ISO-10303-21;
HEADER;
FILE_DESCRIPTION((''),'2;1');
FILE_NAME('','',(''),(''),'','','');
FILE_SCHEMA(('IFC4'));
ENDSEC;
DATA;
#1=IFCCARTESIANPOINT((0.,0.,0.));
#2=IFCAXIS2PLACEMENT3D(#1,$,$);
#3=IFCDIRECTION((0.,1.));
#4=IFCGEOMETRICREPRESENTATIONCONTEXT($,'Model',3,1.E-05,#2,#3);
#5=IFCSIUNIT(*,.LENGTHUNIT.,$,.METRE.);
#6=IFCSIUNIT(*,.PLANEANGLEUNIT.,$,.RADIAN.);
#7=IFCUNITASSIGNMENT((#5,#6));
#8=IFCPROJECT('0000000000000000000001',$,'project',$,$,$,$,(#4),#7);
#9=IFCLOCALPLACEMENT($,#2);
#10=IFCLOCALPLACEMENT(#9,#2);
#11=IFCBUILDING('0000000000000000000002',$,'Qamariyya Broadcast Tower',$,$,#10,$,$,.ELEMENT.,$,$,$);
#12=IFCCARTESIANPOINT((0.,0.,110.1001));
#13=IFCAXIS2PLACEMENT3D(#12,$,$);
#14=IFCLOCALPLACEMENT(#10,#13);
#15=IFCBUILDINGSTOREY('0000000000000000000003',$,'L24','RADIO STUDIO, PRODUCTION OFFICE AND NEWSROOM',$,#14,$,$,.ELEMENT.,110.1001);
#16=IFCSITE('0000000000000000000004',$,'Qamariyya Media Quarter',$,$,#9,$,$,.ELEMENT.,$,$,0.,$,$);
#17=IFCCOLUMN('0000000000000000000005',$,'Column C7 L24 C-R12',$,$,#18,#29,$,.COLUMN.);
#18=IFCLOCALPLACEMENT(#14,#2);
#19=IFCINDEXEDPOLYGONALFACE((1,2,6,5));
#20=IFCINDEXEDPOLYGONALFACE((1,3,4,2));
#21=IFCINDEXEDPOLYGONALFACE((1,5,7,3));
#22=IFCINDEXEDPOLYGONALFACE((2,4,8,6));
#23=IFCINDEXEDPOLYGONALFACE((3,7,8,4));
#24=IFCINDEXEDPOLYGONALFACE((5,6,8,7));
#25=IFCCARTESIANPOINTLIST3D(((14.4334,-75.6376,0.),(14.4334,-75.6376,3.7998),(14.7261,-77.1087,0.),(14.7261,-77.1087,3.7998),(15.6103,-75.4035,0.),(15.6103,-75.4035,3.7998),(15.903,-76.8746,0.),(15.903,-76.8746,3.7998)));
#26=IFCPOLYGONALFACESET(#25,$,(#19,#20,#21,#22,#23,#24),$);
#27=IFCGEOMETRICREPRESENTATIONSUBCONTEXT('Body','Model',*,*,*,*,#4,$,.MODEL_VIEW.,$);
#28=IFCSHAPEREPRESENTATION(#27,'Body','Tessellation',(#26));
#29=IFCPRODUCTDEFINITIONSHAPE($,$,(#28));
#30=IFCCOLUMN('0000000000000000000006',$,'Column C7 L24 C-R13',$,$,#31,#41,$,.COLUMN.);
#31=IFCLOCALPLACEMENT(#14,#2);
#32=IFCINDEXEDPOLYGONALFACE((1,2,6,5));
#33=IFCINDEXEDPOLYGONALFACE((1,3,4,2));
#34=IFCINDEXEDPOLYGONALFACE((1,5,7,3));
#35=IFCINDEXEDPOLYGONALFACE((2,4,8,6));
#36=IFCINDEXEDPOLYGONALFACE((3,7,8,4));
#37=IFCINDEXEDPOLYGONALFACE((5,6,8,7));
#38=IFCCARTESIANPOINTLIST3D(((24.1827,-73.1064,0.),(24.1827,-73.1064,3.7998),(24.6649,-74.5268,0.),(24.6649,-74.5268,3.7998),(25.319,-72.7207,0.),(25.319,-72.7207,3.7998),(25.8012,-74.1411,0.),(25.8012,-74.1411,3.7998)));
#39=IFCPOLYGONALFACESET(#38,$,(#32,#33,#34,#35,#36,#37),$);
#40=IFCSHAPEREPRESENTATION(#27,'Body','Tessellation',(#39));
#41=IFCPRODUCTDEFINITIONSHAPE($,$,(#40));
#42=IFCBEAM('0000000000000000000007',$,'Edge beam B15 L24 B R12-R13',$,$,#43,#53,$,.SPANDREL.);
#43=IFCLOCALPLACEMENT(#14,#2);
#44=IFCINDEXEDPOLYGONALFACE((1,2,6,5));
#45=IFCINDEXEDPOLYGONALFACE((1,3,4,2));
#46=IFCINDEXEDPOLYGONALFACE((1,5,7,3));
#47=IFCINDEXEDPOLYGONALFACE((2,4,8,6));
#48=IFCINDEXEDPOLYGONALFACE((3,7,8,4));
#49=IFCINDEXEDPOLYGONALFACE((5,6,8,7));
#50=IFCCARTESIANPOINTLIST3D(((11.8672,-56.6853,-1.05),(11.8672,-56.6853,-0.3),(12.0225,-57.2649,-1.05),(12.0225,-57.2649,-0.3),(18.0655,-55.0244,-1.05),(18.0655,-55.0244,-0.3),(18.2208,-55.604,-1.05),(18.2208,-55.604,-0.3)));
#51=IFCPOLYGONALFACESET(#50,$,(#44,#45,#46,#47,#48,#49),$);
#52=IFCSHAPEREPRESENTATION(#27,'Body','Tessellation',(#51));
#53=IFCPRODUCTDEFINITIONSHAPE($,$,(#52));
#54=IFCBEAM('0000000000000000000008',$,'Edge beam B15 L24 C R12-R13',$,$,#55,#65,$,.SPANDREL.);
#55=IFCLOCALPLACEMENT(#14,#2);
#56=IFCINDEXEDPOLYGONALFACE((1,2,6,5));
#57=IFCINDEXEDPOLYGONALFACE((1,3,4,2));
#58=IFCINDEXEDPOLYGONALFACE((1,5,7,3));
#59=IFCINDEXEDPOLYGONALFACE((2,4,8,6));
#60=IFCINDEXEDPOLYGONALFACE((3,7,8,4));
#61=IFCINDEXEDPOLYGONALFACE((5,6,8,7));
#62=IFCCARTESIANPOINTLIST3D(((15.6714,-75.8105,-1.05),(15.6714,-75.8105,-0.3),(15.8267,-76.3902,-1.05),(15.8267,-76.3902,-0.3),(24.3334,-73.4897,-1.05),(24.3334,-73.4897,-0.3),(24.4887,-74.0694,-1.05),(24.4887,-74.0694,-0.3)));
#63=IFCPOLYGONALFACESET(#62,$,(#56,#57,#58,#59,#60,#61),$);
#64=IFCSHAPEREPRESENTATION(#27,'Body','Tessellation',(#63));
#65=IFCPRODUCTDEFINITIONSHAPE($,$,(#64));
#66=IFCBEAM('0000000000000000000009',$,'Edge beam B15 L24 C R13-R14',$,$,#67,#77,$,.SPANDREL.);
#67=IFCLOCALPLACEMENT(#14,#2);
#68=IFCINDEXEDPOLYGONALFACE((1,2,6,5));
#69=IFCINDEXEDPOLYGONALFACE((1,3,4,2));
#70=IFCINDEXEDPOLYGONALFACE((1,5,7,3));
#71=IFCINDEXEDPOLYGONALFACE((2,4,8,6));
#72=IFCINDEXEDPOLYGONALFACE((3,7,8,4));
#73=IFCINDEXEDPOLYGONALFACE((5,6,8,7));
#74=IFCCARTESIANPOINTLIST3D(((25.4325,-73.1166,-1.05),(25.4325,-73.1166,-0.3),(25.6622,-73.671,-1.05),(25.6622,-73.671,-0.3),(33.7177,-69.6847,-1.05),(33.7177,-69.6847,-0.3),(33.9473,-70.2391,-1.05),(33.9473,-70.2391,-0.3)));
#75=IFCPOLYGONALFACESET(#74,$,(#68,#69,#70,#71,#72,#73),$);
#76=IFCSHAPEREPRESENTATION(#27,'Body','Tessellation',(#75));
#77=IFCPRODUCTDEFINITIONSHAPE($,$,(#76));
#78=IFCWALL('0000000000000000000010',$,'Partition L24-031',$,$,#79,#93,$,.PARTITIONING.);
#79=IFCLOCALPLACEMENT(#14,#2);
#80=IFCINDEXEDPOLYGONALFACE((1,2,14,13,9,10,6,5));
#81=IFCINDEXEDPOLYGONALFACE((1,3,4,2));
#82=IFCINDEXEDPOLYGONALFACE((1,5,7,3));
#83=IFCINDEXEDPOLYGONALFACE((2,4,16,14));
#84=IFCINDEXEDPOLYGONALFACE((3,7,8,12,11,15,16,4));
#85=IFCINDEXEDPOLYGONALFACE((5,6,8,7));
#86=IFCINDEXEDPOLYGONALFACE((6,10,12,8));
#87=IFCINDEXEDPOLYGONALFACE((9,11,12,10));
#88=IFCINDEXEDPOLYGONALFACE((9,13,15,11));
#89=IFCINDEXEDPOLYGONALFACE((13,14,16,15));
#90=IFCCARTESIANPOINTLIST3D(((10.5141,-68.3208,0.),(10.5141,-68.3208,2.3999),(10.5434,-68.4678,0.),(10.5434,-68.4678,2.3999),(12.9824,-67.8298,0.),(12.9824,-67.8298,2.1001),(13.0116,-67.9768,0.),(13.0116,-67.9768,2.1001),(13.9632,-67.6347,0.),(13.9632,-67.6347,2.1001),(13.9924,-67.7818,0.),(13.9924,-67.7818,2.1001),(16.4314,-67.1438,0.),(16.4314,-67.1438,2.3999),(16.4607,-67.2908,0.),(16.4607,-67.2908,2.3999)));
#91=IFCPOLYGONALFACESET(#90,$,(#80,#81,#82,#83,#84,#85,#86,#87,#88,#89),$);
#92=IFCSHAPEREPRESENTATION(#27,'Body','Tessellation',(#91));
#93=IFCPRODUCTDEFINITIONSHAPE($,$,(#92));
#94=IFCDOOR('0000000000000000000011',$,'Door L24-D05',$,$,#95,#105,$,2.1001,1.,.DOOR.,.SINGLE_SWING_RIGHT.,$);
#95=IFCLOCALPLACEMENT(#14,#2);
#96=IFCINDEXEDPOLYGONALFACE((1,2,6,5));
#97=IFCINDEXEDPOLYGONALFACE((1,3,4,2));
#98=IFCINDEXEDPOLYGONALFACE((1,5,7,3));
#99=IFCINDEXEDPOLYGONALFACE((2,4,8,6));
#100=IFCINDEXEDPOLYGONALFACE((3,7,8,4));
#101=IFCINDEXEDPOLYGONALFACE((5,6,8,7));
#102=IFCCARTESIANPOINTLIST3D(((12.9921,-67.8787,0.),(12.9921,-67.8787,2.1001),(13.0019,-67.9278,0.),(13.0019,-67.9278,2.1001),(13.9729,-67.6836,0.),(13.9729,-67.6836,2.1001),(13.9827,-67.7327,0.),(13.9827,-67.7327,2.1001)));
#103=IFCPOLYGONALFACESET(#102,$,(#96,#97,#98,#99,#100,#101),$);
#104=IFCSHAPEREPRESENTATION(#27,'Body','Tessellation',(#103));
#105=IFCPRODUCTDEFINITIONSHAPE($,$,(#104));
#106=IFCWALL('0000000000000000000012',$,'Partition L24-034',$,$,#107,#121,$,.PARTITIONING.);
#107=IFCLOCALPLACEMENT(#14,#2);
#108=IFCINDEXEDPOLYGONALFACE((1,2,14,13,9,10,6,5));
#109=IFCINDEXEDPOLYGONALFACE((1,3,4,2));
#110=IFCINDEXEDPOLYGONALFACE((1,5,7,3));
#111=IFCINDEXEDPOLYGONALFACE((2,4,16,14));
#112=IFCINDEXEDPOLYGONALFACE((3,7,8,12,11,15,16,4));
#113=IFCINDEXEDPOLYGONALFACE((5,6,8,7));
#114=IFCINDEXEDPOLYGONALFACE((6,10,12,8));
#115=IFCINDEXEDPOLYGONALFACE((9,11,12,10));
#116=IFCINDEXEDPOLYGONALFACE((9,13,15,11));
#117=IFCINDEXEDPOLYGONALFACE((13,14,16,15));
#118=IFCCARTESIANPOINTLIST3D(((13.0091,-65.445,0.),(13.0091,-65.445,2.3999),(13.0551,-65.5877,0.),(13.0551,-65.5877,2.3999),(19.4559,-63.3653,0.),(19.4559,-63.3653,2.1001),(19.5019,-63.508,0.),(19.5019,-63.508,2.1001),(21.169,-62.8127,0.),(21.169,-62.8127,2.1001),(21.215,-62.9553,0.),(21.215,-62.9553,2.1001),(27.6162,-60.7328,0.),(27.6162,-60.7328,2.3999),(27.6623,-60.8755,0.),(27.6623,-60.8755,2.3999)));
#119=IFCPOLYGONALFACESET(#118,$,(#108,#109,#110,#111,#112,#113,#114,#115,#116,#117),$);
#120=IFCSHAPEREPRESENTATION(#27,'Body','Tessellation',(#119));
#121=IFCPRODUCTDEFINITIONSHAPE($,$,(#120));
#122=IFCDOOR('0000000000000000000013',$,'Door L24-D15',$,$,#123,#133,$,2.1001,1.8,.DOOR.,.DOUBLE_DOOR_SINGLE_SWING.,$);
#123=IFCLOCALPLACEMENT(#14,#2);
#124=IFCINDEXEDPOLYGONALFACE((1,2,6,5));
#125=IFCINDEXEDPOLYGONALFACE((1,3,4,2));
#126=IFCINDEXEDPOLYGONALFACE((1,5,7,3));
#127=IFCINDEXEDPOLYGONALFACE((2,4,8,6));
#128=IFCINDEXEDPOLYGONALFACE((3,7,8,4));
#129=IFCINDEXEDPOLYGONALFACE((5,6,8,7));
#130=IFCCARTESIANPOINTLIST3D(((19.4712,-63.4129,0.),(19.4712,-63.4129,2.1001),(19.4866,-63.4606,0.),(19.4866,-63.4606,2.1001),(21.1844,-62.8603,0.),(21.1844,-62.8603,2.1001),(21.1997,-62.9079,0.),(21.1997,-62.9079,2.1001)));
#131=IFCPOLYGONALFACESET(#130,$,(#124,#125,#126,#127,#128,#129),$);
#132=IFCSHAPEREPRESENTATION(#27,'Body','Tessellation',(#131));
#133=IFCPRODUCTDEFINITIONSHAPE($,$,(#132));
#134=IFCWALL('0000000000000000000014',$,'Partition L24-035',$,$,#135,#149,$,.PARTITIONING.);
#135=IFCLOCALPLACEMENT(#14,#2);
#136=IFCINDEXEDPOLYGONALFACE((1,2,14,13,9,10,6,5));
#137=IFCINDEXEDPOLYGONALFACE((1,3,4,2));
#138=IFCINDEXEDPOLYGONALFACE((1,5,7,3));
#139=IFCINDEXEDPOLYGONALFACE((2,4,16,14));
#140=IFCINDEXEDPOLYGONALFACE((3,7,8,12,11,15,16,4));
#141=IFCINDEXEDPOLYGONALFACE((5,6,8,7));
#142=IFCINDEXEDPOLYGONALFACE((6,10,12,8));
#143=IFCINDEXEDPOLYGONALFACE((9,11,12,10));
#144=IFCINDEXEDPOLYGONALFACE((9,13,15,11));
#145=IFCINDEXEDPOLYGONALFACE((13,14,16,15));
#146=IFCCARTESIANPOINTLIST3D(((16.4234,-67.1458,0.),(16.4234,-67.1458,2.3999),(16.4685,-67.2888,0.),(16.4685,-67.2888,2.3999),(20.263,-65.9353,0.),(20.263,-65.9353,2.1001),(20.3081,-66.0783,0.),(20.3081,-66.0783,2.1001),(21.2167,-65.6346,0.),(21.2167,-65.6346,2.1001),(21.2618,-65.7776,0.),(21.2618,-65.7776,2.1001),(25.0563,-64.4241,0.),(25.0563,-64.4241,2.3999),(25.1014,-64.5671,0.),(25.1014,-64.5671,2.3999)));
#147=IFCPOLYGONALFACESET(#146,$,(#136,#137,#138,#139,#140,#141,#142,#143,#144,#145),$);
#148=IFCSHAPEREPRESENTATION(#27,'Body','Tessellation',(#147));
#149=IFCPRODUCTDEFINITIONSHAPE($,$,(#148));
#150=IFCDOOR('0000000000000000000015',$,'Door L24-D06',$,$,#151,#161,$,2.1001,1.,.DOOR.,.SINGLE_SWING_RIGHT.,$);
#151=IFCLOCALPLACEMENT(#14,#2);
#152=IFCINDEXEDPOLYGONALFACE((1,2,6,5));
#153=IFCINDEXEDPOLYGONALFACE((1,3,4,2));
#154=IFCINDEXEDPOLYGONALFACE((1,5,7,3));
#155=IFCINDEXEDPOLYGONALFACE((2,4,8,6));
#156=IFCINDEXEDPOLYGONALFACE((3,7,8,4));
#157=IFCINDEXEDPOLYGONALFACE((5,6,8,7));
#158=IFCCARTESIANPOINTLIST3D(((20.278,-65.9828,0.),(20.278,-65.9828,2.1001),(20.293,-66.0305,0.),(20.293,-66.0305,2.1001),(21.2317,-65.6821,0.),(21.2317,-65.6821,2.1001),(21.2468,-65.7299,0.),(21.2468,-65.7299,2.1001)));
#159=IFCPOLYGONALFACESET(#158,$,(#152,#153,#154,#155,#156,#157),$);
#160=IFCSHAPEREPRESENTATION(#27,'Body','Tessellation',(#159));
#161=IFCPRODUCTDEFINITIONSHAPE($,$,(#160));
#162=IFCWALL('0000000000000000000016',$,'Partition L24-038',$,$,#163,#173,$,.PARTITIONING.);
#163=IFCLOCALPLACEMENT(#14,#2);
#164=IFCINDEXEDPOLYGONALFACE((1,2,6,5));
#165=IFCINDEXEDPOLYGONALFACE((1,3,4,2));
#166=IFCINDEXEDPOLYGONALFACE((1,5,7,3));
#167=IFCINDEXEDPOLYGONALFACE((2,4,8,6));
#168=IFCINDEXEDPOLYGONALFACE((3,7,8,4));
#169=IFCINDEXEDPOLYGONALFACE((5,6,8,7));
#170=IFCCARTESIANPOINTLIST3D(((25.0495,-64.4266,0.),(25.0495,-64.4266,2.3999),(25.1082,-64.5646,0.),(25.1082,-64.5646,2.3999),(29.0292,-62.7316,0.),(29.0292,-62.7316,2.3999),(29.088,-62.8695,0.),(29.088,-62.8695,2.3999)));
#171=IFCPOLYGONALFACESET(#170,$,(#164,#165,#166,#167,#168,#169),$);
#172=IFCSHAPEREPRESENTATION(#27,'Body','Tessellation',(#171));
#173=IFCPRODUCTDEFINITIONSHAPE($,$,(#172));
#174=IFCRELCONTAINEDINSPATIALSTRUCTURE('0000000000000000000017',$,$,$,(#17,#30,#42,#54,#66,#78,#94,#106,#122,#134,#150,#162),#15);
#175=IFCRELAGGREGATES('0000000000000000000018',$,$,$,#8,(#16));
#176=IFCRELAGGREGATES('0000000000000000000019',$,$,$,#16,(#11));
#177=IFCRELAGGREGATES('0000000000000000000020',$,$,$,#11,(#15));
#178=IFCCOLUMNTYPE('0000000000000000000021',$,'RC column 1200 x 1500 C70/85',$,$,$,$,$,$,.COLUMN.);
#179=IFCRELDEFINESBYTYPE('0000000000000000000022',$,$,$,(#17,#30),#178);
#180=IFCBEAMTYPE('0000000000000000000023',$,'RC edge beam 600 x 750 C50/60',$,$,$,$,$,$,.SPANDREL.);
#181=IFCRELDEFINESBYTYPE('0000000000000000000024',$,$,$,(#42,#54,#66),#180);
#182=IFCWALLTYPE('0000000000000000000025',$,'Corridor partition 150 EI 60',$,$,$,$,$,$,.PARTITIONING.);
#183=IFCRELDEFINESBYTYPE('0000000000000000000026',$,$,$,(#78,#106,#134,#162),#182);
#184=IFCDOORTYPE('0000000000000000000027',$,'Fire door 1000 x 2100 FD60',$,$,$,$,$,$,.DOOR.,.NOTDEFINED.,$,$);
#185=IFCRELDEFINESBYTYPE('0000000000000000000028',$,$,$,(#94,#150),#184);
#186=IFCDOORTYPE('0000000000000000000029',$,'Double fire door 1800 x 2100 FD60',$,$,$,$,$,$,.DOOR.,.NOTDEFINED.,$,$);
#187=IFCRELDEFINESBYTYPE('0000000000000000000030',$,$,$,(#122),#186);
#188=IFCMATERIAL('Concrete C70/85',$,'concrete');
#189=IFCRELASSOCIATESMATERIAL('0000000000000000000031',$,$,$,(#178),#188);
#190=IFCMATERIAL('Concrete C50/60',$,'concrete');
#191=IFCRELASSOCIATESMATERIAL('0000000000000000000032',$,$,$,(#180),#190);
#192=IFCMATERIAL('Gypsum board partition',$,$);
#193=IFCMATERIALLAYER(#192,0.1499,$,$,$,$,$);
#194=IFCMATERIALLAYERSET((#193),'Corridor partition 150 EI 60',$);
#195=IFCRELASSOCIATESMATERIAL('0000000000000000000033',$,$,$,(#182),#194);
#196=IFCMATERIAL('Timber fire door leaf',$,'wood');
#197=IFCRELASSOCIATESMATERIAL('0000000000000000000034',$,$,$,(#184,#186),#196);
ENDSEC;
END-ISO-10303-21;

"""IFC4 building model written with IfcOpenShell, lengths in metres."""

from ifc_helpers import new_model, si_unit, direction, frame, frame_2d, origin, origin_2d, place, context, subcontext, project, spatial, rectangle, extrude, material, layer, layer_set, material_profile, profile_set, type_object, element, fill, save


model = new_model("IFC4")

# Units and contexts
model_context = context("Model", 3, precision=1e-05, world=origin(), true_north=direction((0.0, 1.0)))
body_context = subcontext(model_context, "Body", "Model", "MODEL_VIEW")
ifc_project = project(units=[si_unit("LENGTHUNIT", "METRE"), si_unit("PLANEANGLEUNIT", "RADIAN")], contexts=[model_context])

# Site, building, storey
site_placement = place(None, origin())
site = spatial("IfcSite", under=ifc_project, at=site_placement, Name="Qamariyya Media Quarter", CompositionType="ELEMENT", RefElevation=0.0)
building_placement = place(site_placement, origin())
building = spatial("IfcBuilding", under=site, at=building_placement, Name="Qamariyya Broadcast Tower", CompositionType="ELEMENT")
storey_placement = place(building_placement, frame((0.0, 0.0, 110.1001)))
storey = spatial("IfcBuildingStorey", under=building, at=storey_placement, Name="L24", Description="RADIO STUDIO, PRODUCTION OFFICE AND NEWSROOM", CompositionType="ELEMENT", Elevation=110.1001)

# Columns
ifc_material_1 = material(Name="Concrete C70/85", Category="concrete")
ifc_material_profile_1 = material_profile(ifc_material_1, rectangle(XDim=1.2, YDim=1.5, at=origin_2d()))
ifc_profile_set_1 = profile_set([ifc_material_profile_1], Name="Concrete C70/85")
column_type = type_object("IfcColumnType", Name="RC column 1200 x 1500 C70/85", PredefinedType="COLUMN", material=ifc_profile_set_1)
for number, where, z_axis, x_axis, name in (
    (1, (15.1682, -76.2561, 0.0), (0.0, 0.0, 1.0), (0.980785, 0.19509, 0.0), "Column C7 L24 C-R12"),
    (2, (24.9919, -73.6238, 0.0), (0.0, 0.0, 1.0), (0.94693, 0.321439, 0.0), "Column C7 L24 C-R13"),
):
    element("IfcColumn", number, at=place(storey_placement, frame(where, z_axis=z_axis, x_axis=x_axis)), inside=storey, type_object=column_type, Name=name, PredefinedType="COLUMN", context=body_context, shape_type="SweptSolid", body=[
        extrude(rectangle(XDim=1.2, YDim=1.5, at=origin_2d()), origin(), (0.0, 0.0, 1.0), 3.7998),
    ])

# Beams
ifc_material_2 = material(Name="Concrete C50/60", Category="concrete")
ifc_material_profile_2 = material_profile(ifc_material_2, rectangle(XDim=0.6001, YDim=0.75, at=origin_2d()))
ifc_profile_set_2 = profile_set([ifc_material_profile_2], Name="Concrete C50/60")
beam_type = type_object("IfcBeamType", Name="RC edge beam 600 x 750 C50/60", PredefinedType="SPANDREL", material=ifc_profile_set_2)
beam_1_placement = place(storey_placement, frame((11.9448, -56.9751, -0.675), z_axis=(0.965923, 0.25883, 0.0), x_axis=(-0.25883, 0.965923, 0.0)))
element("IfcBeam", 3, at=beam_1_placement, inside=storey, type_object=beam_type, Name="Edge beam B15 L24 B R12-R13", PredefinedType="SPANDREL", context=body_context, shape_type="SweptSolid", body=[
    extrude(rectangle(XDim=0.6001, YDim=0.75, at=origin_2d()), origin(), (0.0, 0.0, 1.0), 6.417),
])
beam_2_placement = place(storey_placement, frame((15.749, -76.1003, -0.675), z_axis=(0.965932, 0.258798, 0.0), x_axis=(-0.258798, 0.965932, 0.0)))
element("IfcBeam", 4, at=beam_2_placement, inside=storey, type_object=beam_type, Name="Edge beam B15 L24 C R12-R13", PredefinedType="SPANDREL", context=body_context, shape_type="SweptSolid", body=[
    extrude(rectangle(XDim=0.6001, YDim=0.75, at=origin_2d()), origin(), (0.0, 0.0, 1.0), 8.9675),
])
beam_3_placement = place(storey_placement, frame((25.5474, -73.3938, -0.675), z_axis=(0.923877, 0.382689, 0.0), x_axis=(-0.382689, 0.923877, 0.0)))
element("IfcBeam", 5, at=beam_3_placement, inside=storey, type_object=beam_type, Name="Edge beam B15 L24 C R13-R14", PredefinedType="SPANDREL", context=body_context, shape_type="SweptSolid", body=[
    extrude(rectangle(XDim=0.6001, YDim=0.75, at=origin_2d()), origin(), (0.0, 0.0, 1.0), 8.9678),
])

# Walls, openings, doors
ifc_material_3 = material(Name="Gypsum board partition")
ifc_layer_1 = layer(ifc_material_3, 0.1499)
ifc_layer_set_1 = layer_set([ifc_layer_1], Name="Corridor partition 150 EI 60")
wall_type_1 = type_object("IfcWallType", Name="Corridor partition 150 EI 60", PredefinedType="PARTITIONING", material=ifc_layer_set_1)
wall_1_placement = place(storey_placement, frame((16.446, -67.2173, 0.0), z_axis=(0.0, 0.0, 1.0), x_axis=(-0.980786, -0.195089, 0.0)))
wall_1 = element("IfcWall", 6, at=wall_1_placement, inside=storey, type_object=wall_type_1, Name="Partition L24-031", PredefinedType="PARTITIONING", context=body_context, shape_type="SweptSolid", body=[
    extrude(rectangle(XDim=6.0332, YDim=0.1499, at=frame_2d((3.0166, 0.0))), origin(), (0.0, 0.0, 1.0), 2.3999),
])
opening_1_placement = place(wall_1_placement, frame((2.5166, 0.0, 0.0)))
opening_1 = element("IfcOpeningElement", 7, at=opening_1_placement, cuts=wall_1, PredefinedType="OPENING", context=body_context, shape_type="SweptSolid", body=[
    extrude(rectangle(XDim=1.0, YDim=2.1001, at=frame_2d((0.5, 1.05))), frame((0.0, 0.085, 0.0), z_axis=(0.0, -1.0, 0.0), x_axis=(1.0, 0.0, 0.0)), (0.0, 0.0, 1.0), 0.1699),
])
ifc_material_4 = material(Name="Timber fire door leaf", Category="wood")
door_type_1 = type_object("IfcDoorType", Name="Fire door 1000 x 2100 FD60", OperationType="NOTDEFINED", PredefinedType="DOOR", material=ifc_material_4)
door_1_placement = place(opening_1_placement, origin())
door_1 = element("IfcDoor", 8, at=door_1_placement, inside=storey, type_object=door_type_1, Name="Door L24-D05", OperationType="SINGLE_SWING_RIGHT", OverallHeight=2.1001, OverallWidth=1.0, PredefinedType="DOOR", context=body_context, shape_type="SweptSolid", body=[
    extrude(rectangle(XDim=1.0, YDim=2.1001, at=frame_2d((0.5, 1.05))), frame((0.0, 0.0249, 0.0), z_axis=(0.0, -1.0, 0.0), x_axis=(1.0, 0.0, 0.0)), (0.0, 0.0, 1.0), 0.05),
])
fill(opening_1, door_1)
wall_2_placement = place(storey_placement, frame((13.032, -65.5164, 0.0), z_axis=(0.0, 0.0, 1.0), x_axis=(0.951705, 0.307013, 0.0)))
wall_2 = element("IfcWall", 9, at=wall_2_placement, inside=storey, type_object=wall_type_1, Name="Partition L24-034", PredefinedType="PARTITIONING", context=body_context, shape_type="SweptSolid", body=[
    extrude(rectangle(XDim=15.3484, YDim=0.1499, at=frame_2d((7.6743, 0.0))), origin(), (0.0, 0.0, 1.0), 2.3999),
])
opening_2_placement = place(wall_2_placement, frame((6.7742, 0.0, 0.0)))
opening_2 = element("IfcOpeningElement", 10, at=opening_2_placement, cuts=wall_2, PredefinedType="OPENING", context=body_context, shape_type="SweptSolid", body=[
    extrude(rectangle(XDim=1.8, YDim=2.1001, at=frame_2d((0.8999, 1.05))), frame((0.0, 0.085, 0.0), z_axis=(0.0, -1.0, 0.0), x_axis=(1.0, 0.0, 0.0)), (0.0, 0.0, 1.0), 0.1699),
])
door_type_2 = type_object("IfcDoorType", Name="Double fire door 1800 x 2100 FD60", OperationType="NOTDEFINED", PredefinedType="DOOR", material=ifc_material_4)
door_2_placement = place(opening_2_placement, origin())
door_2 = element("IfcDoor", 11, at=door_2_placement, inside=storey, type_object=door_type_2, Name="Door L24-D15", OperationType="DOUBLE_DOOR_SINGLE_SWING", OverallHeight=2.1001, OverallWidth=1.8, PredefinedType="DOOR", context=body_context, shape_type="SweptSolid", body=[
    extrude(rectangle(XDim=1.8, YDim=2.1001, at=frame_2d((0.8999, 1.05))), frame((0.0, 0.0249, 0.0), z_axis=(0.0, -1.0, 0.0), x_axis=(1.0, 0.0, 0.0)), (0.0, 0.0, 1.0), 0.05),
])
fill(opening_2, door_2)
wall_3_placement = place(storey_placement, frame((25.0789, -64.4956, 0.0), z_axis=(0.0, 0.0, 1.0), x_axis=(-0.953724, -0.300682, 0.0)))
wall_3 = element("IfcWall", 12, at=wall_3_placement, inside=storey, type_object=wall_type_1, Name="Partition L24-035", PredefinedType="PARTITIONING", context=body_context, shape_type="SweptSolid", body=[
    extrude(rectangle(XDim=9.0518, YDim=0.1499, at=frame_2d((4.5259, 0.0))), origin(), (0.0, 0.0, 1.0), 2.3999),
])
opening_3_placement = place(wall_3_placement, frame((4.0259, 0.0, 0.0)))
opening_3 = element("IfcOpeningElement", 13, at=opening_3_placement, cuts=wall_3, PredefinedType="OPENING", context=body_context, shape_type="SweptSolid", body=[
    extrude(rectangle(XDim=1.0, YDim=2.1001, at=frame_2d((0.5, 1.05))), frame((0.0, 0.085, 0.0), z_axis=(0.0, -1.0, 0.0), x_axis=(1.0, 0.0, 0.0)), (0.0, 0.0, 1.0), 0.1699),
])
door_3_placement = place(opening_3_placement, origin())
door_3 = element("IfcDoor", 14, at=door_3_placement, inside=storey, type_object=door_type_1, Name="Door L24-D06", OperationType="SINGLE_SWING_RIGHT", OverallHeight=2.1001, OverallWidth=1.0, PredefinedType="DOOR", context=body_context, shape_type="SweptSolid", body=[
    extrude(rectangle(XDim=1.0, YDim=2.1001, at=frame_2d((0.5, 1.05))), frame((0.0, 0.0249, 0.0), z_axis=(0.0, -1.0, 0.0), x_axis=(1.0, 0.0, 0.0)), (0.0, 0.0, 1.0), 0.05),
])
fill(opening_3, door_3)

# Wall
wall_4_placement = place(storey_placement, frame((25.0789, -64.4956, 0.0), z_axis=(0.0, 0.0, 1.0), x_axis=(0.920024, 0.391861, 0.0)))
element("IfcWall", 15, at=wall_4_placement, inside=storey, type_object=wall_type_1, Name="Partition L24-038", PredefinedType="PARTITIONING", context=body_context, shape_type="SweptSolid", body=[
    extrude(rectangle(XDim=4.3257, YDim=0.1499, at=frame_2d((2.1628, 0.0))), origin(), (0.0, 0.0, 1.0), 2.3999),
])

save(model, "model.ifc")
